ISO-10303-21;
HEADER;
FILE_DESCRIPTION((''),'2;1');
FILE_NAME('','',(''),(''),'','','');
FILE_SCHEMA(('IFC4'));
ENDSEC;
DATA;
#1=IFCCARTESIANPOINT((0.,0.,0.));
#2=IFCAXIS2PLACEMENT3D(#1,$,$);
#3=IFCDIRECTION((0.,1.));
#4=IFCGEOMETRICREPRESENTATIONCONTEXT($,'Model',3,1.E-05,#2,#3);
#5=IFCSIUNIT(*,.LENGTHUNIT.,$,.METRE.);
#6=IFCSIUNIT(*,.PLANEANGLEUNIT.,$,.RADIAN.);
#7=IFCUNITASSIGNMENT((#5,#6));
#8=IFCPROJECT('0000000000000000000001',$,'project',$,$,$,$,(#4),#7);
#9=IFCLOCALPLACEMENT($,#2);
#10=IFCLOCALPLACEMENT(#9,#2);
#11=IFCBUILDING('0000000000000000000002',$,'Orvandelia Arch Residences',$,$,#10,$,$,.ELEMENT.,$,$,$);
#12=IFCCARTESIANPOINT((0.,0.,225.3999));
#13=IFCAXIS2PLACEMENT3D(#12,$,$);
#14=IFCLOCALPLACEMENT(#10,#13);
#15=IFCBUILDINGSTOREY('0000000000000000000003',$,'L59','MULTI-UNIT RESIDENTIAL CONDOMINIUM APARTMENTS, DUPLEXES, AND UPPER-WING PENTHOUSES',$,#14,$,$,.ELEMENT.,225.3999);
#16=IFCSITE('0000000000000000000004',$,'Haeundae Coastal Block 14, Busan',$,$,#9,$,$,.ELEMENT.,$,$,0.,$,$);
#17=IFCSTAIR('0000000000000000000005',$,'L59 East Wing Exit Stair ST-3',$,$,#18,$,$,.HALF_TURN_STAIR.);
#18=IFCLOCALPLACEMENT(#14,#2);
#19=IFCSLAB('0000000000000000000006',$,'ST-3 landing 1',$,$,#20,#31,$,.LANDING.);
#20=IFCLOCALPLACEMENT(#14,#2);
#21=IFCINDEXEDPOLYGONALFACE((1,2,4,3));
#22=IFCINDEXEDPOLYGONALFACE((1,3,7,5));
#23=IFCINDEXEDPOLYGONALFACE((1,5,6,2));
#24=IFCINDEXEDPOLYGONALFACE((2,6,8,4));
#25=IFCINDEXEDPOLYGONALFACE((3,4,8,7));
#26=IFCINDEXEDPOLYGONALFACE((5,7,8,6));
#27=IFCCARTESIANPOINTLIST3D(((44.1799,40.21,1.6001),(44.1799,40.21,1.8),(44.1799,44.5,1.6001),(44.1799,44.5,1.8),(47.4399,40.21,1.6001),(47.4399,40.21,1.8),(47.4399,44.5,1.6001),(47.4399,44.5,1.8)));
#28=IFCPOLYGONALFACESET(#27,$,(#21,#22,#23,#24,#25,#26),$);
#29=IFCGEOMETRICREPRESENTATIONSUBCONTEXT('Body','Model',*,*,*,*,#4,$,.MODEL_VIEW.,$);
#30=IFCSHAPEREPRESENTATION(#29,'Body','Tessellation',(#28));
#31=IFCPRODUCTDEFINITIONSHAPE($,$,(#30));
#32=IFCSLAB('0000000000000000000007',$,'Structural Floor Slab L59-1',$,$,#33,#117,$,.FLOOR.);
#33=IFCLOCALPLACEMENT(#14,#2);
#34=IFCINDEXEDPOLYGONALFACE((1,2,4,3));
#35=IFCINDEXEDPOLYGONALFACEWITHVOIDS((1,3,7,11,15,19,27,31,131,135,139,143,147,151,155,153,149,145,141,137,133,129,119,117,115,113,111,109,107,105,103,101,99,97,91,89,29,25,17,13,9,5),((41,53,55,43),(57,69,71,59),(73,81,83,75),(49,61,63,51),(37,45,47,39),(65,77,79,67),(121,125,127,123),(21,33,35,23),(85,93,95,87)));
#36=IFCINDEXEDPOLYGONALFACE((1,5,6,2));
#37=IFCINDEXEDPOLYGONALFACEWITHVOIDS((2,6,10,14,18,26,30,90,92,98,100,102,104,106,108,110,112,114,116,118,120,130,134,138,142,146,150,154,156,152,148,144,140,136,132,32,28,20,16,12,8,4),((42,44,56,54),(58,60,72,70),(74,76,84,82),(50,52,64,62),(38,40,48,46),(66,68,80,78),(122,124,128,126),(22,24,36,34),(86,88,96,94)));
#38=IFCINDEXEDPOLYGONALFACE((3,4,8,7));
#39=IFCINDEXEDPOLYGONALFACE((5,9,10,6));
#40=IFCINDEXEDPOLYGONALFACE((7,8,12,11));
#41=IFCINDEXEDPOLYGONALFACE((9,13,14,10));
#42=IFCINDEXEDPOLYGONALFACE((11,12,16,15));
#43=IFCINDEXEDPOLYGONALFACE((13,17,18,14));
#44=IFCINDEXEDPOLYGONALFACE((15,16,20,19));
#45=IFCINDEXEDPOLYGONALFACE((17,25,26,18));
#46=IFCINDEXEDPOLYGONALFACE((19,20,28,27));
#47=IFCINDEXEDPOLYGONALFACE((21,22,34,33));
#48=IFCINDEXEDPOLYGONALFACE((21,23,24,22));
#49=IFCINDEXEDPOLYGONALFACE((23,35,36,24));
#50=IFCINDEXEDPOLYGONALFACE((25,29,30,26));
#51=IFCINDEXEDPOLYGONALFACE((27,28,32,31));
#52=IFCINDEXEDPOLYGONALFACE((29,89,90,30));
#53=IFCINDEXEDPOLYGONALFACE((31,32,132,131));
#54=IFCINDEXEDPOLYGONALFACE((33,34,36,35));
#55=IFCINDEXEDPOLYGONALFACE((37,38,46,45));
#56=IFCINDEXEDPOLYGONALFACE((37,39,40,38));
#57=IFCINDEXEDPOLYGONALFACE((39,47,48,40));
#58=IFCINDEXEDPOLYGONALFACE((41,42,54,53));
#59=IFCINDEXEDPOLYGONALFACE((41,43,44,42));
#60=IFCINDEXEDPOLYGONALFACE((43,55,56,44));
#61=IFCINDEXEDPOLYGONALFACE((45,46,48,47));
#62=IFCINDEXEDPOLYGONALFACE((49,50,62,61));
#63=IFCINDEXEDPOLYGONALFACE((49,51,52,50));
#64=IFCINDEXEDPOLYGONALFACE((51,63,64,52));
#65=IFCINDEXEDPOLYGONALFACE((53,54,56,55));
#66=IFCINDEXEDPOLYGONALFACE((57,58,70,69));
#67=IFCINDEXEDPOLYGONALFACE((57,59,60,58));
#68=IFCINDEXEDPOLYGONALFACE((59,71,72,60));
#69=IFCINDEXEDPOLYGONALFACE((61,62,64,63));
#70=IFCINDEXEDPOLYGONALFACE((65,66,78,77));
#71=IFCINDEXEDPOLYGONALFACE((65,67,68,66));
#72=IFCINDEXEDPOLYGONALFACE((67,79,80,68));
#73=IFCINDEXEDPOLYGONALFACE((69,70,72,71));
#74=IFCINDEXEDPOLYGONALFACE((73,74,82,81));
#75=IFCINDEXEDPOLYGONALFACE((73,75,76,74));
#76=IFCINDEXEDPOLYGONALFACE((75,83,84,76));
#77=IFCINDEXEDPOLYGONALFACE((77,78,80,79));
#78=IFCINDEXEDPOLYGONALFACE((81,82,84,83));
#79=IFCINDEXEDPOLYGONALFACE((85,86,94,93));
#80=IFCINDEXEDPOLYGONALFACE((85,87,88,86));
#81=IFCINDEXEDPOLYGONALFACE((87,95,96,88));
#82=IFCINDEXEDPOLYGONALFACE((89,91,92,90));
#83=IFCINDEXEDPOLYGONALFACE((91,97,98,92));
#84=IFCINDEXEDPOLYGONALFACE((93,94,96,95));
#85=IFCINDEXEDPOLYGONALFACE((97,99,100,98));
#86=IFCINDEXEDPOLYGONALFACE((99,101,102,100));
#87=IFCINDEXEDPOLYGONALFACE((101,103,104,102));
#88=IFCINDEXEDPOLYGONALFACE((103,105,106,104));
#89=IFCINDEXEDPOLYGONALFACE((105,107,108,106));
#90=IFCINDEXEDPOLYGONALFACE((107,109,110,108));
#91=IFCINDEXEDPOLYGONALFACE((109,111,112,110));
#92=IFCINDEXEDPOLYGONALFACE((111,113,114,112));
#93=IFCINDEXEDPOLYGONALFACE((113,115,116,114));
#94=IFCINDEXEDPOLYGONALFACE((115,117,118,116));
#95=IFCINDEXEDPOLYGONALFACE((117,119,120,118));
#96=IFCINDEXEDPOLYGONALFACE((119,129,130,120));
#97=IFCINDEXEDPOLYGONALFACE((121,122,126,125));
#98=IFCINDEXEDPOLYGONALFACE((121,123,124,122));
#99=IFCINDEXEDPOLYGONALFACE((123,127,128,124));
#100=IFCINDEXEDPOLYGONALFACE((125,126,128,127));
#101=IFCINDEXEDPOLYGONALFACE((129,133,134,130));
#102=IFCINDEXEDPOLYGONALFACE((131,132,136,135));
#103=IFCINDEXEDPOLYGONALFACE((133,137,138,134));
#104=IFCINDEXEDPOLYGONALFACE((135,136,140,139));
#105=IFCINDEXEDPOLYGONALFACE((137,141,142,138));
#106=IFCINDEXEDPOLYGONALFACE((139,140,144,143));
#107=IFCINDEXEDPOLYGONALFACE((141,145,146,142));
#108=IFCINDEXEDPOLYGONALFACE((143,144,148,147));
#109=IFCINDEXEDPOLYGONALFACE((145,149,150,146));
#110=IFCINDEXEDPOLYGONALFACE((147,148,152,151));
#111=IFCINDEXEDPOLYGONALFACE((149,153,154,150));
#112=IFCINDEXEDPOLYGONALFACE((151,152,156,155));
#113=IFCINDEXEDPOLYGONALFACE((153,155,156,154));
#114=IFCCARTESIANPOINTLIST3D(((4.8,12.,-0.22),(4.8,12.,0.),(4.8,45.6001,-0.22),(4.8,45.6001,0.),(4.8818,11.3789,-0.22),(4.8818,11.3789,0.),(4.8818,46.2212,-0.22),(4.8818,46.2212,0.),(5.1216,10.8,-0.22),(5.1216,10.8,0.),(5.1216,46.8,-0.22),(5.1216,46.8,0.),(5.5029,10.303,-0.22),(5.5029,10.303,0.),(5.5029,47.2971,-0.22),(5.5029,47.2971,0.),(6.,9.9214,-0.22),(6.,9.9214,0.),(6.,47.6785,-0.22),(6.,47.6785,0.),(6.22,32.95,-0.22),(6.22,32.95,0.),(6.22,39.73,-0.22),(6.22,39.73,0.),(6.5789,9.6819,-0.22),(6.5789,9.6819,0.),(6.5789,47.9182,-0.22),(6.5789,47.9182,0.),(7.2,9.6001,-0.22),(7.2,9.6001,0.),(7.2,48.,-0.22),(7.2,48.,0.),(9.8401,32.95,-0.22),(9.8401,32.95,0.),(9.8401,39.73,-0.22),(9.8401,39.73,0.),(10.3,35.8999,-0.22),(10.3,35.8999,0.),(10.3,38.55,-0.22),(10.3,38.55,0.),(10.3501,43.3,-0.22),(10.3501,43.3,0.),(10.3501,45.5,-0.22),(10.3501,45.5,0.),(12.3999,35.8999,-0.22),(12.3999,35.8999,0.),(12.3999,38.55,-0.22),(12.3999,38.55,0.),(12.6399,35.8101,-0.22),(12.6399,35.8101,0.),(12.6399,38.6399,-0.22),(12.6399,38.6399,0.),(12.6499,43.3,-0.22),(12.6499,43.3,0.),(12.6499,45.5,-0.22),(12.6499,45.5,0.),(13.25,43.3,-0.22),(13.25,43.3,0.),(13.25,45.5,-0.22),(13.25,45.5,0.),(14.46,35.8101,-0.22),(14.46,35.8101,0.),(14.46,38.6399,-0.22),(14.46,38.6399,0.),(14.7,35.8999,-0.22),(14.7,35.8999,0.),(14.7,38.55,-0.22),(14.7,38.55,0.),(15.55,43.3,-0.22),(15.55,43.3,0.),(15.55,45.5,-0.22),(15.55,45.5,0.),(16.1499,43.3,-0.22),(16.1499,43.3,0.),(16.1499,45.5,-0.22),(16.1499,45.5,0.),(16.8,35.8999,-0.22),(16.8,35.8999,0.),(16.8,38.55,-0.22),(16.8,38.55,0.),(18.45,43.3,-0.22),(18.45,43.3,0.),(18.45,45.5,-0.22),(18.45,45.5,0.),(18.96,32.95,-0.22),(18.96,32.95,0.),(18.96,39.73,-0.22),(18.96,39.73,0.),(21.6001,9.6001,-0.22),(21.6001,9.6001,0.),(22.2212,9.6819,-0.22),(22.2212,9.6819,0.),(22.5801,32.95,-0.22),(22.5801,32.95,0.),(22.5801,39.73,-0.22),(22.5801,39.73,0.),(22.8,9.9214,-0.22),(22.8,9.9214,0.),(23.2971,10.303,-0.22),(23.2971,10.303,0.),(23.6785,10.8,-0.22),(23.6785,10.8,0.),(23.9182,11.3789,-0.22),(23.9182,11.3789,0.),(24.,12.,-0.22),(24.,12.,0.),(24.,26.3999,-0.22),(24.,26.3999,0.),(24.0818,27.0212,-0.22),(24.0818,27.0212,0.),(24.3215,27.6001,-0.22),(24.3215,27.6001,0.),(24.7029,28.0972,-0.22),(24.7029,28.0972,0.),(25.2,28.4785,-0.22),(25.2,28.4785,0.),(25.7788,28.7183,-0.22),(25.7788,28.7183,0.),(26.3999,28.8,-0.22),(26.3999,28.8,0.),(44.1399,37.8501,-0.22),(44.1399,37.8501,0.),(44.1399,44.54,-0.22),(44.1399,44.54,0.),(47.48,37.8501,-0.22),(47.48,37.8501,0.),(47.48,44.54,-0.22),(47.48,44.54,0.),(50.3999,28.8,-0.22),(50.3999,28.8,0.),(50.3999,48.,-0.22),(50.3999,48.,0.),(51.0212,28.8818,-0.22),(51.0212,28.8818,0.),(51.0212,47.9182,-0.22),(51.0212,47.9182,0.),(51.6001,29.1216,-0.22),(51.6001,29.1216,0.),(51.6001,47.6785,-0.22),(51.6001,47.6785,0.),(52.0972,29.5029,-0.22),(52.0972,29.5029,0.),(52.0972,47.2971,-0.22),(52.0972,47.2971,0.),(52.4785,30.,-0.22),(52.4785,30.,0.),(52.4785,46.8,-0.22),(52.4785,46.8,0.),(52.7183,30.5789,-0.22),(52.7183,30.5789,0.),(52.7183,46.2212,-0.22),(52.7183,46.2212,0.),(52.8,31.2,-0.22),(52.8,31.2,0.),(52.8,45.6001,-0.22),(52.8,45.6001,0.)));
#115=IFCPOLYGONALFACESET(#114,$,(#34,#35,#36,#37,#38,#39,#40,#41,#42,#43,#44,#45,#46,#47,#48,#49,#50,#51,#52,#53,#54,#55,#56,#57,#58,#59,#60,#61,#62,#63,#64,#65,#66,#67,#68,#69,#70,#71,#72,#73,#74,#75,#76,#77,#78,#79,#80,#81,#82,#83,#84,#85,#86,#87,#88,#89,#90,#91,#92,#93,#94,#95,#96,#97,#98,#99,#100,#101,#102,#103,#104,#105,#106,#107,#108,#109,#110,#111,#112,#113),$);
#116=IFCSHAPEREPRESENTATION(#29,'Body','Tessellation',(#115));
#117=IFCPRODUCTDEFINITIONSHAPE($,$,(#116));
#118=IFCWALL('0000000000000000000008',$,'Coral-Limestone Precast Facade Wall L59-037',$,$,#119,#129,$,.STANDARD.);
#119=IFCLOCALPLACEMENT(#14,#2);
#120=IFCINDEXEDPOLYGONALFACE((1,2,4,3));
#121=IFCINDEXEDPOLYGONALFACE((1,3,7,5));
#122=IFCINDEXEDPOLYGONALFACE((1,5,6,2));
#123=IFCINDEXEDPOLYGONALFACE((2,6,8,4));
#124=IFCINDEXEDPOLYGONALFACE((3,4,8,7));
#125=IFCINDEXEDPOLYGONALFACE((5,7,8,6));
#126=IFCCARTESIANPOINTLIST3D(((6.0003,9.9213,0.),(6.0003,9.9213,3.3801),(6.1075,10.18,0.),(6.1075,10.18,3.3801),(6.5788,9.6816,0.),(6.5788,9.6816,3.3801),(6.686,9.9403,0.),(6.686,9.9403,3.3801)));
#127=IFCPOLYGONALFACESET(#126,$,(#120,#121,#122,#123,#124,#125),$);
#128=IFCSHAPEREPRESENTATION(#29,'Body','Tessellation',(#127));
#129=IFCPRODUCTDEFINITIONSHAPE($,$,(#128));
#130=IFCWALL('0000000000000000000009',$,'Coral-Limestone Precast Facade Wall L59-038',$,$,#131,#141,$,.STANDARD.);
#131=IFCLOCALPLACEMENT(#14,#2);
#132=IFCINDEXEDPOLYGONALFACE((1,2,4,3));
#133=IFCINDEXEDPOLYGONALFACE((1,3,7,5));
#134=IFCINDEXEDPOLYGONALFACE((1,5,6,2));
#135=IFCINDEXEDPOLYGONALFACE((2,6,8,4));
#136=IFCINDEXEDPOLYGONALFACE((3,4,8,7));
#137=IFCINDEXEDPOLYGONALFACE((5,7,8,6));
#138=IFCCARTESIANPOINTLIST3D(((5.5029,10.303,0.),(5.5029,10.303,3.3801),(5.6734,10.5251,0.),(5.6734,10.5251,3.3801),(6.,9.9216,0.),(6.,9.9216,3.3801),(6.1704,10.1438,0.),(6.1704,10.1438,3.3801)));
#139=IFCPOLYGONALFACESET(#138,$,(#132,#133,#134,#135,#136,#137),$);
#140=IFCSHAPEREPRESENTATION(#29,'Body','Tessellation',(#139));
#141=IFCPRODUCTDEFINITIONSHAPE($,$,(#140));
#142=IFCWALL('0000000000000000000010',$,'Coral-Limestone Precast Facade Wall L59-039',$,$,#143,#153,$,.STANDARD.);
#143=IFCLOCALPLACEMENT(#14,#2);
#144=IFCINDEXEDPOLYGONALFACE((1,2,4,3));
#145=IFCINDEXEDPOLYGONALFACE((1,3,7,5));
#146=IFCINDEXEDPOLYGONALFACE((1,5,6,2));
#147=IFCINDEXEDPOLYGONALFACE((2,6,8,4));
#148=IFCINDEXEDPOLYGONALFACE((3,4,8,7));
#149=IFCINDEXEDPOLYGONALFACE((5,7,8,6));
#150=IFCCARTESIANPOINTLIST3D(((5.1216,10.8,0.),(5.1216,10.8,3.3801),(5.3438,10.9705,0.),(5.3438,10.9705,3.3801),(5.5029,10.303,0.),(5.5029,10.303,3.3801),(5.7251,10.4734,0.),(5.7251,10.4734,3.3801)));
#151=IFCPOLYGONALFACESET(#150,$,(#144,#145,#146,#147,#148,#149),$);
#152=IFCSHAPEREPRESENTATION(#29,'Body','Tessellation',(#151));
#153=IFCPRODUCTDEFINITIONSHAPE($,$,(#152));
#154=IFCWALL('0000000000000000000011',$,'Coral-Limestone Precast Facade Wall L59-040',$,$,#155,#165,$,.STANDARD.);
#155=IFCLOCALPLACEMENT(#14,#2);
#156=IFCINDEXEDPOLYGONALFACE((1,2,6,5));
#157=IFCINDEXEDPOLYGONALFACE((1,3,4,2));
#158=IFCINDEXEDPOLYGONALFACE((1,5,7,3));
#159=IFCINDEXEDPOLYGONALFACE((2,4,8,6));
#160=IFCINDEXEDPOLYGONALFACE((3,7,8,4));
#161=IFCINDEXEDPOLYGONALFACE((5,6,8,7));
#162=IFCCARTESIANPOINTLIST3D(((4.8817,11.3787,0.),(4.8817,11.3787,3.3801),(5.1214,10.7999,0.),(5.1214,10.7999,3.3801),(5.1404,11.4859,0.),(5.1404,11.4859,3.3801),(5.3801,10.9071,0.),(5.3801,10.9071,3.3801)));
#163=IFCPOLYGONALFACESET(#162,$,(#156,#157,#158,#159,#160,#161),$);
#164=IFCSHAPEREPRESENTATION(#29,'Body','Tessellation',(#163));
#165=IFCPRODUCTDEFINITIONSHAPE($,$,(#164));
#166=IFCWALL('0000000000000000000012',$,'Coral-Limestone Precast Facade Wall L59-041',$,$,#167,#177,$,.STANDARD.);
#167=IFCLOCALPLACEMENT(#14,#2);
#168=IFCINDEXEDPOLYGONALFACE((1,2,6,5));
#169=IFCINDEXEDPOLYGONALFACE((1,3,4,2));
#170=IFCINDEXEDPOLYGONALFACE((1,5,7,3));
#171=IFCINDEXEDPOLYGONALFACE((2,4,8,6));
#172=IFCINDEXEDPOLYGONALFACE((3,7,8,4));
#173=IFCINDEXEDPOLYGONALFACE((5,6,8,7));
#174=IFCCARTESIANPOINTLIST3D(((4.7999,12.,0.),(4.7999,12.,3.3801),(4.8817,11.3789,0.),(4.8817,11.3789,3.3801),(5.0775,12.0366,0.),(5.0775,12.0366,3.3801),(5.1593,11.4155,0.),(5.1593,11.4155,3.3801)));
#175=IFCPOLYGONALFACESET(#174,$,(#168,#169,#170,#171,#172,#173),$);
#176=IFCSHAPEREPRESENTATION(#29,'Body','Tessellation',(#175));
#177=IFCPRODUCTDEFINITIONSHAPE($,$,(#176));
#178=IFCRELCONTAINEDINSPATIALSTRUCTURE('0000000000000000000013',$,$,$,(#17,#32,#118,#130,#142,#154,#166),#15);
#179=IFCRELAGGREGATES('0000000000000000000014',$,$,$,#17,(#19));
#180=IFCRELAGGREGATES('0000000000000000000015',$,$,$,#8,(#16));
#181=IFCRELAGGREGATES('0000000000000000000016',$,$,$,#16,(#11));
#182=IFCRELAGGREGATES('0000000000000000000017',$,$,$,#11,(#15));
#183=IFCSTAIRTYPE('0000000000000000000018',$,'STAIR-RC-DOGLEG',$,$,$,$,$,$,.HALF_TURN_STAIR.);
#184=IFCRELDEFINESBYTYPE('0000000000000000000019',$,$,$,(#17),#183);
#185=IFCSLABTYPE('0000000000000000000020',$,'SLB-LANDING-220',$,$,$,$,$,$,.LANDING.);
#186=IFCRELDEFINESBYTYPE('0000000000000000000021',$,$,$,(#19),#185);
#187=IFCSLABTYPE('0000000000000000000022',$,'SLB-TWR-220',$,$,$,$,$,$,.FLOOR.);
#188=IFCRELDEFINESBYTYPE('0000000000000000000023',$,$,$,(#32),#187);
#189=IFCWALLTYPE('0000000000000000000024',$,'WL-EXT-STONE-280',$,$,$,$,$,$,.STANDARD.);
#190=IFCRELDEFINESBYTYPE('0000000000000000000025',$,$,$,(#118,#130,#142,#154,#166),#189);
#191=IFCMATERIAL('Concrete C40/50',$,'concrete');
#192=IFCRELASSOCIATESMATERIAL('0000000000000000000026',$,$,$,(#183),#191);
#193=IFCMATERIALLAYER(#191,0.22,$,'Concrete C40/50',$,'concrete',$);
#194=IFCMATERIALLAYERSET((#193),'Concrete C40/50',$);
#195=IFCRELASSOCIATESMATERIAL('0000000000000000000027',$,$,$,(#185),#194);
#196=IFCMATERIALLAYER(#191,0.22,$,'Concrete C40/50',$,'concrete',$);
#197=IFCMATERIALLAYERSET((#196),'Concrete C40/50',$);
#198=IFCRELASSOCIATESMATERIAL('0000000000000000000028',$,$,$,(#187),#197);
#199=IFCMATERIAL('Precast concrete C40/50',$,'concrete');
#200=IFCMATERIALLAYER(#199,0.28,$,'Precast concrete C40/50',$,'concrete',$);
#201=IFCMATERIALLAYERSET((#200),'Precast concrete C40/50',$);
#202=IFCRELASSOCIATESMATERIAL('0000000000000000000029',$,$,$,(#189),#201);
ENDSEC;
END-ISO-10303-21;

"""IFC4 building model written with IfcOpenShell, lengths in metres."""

from ifc_helpers import new_model, si_unit, direction, frame, frame_2d, origin, place, context, subcontext, project, spatial, polyline, rectangle, outline, extrude, material, layer, layer_set, type_object, element, aggregate, save


model = new_model("IFC4")

# Units and contexts
model_context = context("Model", 3, precision=1e-05, world=origin(), true_north=direction((0.0, 1.0)))
body_context = subcontext(model_context, "Body", "Model", "MODEL_VIEW")
ifc_project = project(units=[si_unit("LENGTHUNIT", "METRE"), si_unit("PLANEANGLEUNIT", "RADIAN")], contexts=[model_context])

# Site, building, storey
site_placement = place(None, origin())
site = spatial("IfcSite", under=ifc_project, at=site_placement, Name="Haeundae Coastal Block 14, Busan", CompositionType="ELEMENT", RefElevation=0.0)
building_placement = place(site_placement, origin())
building = spatial("IfcBuilding", under=site, at=building_placement, Name="Orvandelia Arch Residences", CompositionType="ELEMENT")
storey_placement = place(building_placement, frame((0.0, 0.0, 225.3999)))
storey = spatial("IfcBuildingStorey", under=building, at=storey_placement, Name="L59", Description="MULTI-UNIT RESIDENTIAL CONDOMINIUM APARTMENTS, DUPLEXES, AND UPPER-WING PENTHOUSES", CompositionType="ELEMENT", Elevation=225.3999)

# Shared definitions
ifc_material_1 = material(Name="Precast concrete C40/50", Category="concrete")

# Stair, slab
ifc_material_2 = material(Name="Concrete C40/50", Category="concrete")
stair_type = type_object("IfcStairType", Name="STAIR-RC-DOGLEG", PredefinedType="HALF_TURN_STAIR", material=ifc_material_2)
ifc_layer_1 = layer(ifc_material_2, 0.22, Name="Concrete C40/50", Category="concrete")
ifc_layer_set_1 = layer_set([ifc_layer_1], Name="Concrete C40/50")
slab_type_1 = type_object("IfcSlabType", Name="SLB-LANDING-220", PredefinedType="LANDING", material=ifc_layer_set_1)
stair_1_placement = place(storey_placement, origin())
stair_1 = element("IfcStair", 1, at=stair_1_placement, inside=storey, type_object=stair_type, Name="L59 East Wing Exit Stair ST-3", PredefinedType="HALF_TURN_STAIR")
slab_1_placement = place(storey_placement, frame((0.0, 0.0, 1.6001)))
slab_1 = element("IfcSlab", 2, at=slab_1_placement, type_object=slab_type_1, Name="ST-3 landing 1", PredefinedType="LANDING", context=body_context, shape_type="SweptSolid", body=[
    extrude(outline(polyline([(47.4399, 40.21), (47.4399, 44.5), (44.1799, 44.5), (44.1799, 40.21), (47.4399, 40.21)])), origin(), (0.0, 0.0, 1.0), 0.2),
])
aggregate(stair_1, [slab_1])

# Slab
ifc_layer_2 = layer(ifc_material_2, 0.22, Name="Concrete C40/50", Category="concrete")
ifc_layer_set_2 = layer_set([ifc_layer_2], Name="Concrete C40/50")
slab_type_2 = type_object("IfcSlabType", Name="SLB-TWR-220", PredefinedType="FLOOR", material=ifc_layer_set_2)
slab_2_placement = place(storey_placement, frame((0.0, 0.0, -0.22)))
element("IfcSlab", 3, at=slab_2_placement, inside=storey, type_object=slab_type_2, Name="Structural Floor Slab L59-1", PredefinedType="FLOOR", context=body_context, shape_type="SweptSolid", body=[
    extrude(outline(polyline([(4.8, 12.0), (4.8818, 11.3789), (5.1216, 10.8), (5.5029, 10.303), (6.0, 9.9214), (6.5789, 9.6819), (7.2, 9.6001), (21.6001, 9.6001), (22.2212, 9.6819), (22.8, 9.9214), (23.2971, 10.303), (23.6785, 10.8), (23.9182, 11.3789), (24.0, 12.0), (24.0, 26.3999), (24.0818, 27.0212), (24.3215, 27.6001), (24.7029, 28.0972), (25.2, 28.4785), (25.7788, 28.7183), (26.3999, 28.8), (50.3999, 28.8), (51.0212, 28.8818), (51.6001, 29.1216), (52.0972, 29.5029), (52.4785, 30.0), (52.7183, 30.5789), (52.8, 31.2), (52.8, 45.6001), (52.7183, 46.2212), (52.4785, 46.8), (52.0972, 47.2971), (51.6001, 47.6785), (51.0212, 47.9182), (50.3999, 48.0), (7.2, 48.0), (6.5789, 47.9182), (6.0, 47.6785), (5.5029, 47.2971), (5.1216, 46.8), (4.8818, 46.2212), (4.8, 45.6001), (4.8, 12.0)]), holes=[polyline([(6.22, 32.95), (9.8401, 32.95), (9.8401, 39.73), (6.22, 39.73), (6.22, 32.95)]), polyline([(18.96, 32.95), (22.5801, 32.95), (22.5801, 39.73), (18.96, 39.73), (18.96, 32.95)]), polyline([(44.1399, 37.8501), (47.48, 37.8501), (47.48, 44.54), (44.1399, 44.54), (44.1399, 37.8501)]), polyline([(12.6399, 35.8101), (14.46, 35.8101), (14.46, 38.6399), (12.6399, 38.6399), (12.6399, 35.8101)]), polyline([(10.3, 35.8999), (12.3999, 35.8999), (12.3999, 38.55), (10.3, 38.55), (10.3, 35.8999)]), polyline([(14.7, 35.8999), (16.8, 35.8999), (16.8, 38.55), (14.7, 38.55), (14.7, 35.8999)]), polyline([(10.3501, 43.3), (12.6499, 43.3), (12.6499, 45.5), (10.3501, 45.5), (10.3501, 43.3)]), polyline([(13.25, 43.3), (15.55, 43.3), (15.55, 45.5), (13.25, 45.5), (13.25, 43.3)]), polyline([(16.1499, 43.3), (18.45, 43.3), (18.45, 45.5), (16.1499, 45.5), (16.1499, 43.3)])]), origin(), (0.0, 0.0, 1.0), 0.22),
])

# Walls
ifc_layer_3 = layer(ifc_material_1, 0.28, Name="Precast concrete C40/50", Category="concrete")
ifc_layer_set_3 = layer_set([ifc_layer_3], Name="Precast concrete C40/50")
wall_type_1 = type_object("IfcWallType", Name="WL-EXT-STONE-280", PredefinedType="STANDARD", material=ifc_layer_set_3)
wall_1_placement = place(storey_placement, frame((6.6323, 9.811, 0.0), z_axis=(0.0, 0.0, 1.0), x_axis=(-0.923836, 0.382788, 0.0)))
element("IfcWall", 4, at=wall_1_placement, inside=storey, type_object=wall_type_1, Name="Coral-Limestone Precast Facade Wall L59-037", PredefinedType="STANDARD", context=body_context, shape_type="SweptSolid", body=[
    extrude(rectangle(XDim=0.6262, YDim=0.28, at=frame_2d((0.313, 0.0))), origin(), (0.0, 0.0, 1.0), 3.3801),
])
for number, where, z_axis, x_axis, name in (
    (5, (6.0852, 10.0327, 0.0), (0.0, 0.0, 1.0), (-0.793406, 0.608693, 0.0), "Coral-Limestone Precast Facade Wall L59-038"),
    (6, (5.614, 10.3882, 0.0), (0.0, 0.0, 1.0), (-0.608693, 0.793406, 0.0), "Coral-Limestone Precast Facade Wall L59-039"),
    (7, (5.2507, 10.8535, 0.0), (0.0, 0.0, 1.0), (-0.38265, 0.923893, 0.0), "Coral-Limestone Precast Facade Wall L59-040"),
    (8, (5.0205, 11.3972, 0.0), (0.0, 0.0, 1.0), (-0.130555, 0.991441, 0.0), "Coral-Limestone Precast Facade Wall L59-041"),
):
    element("IfcWall", number, at=place(storey_placement, frame(where, z_axis=z_axis, x_axis=x_axis)), inside=storey, type_object=wall_type_1, Name=name, PredefinedType="STANDARD", context=body_context, shape_type="SweptSolid", body=[
        extrude(rectangle(XDim=0.6265, YDim=0.28, at=frame_2d((0.3132, 0.0))), origin(), (0.0, 0.0, 1.0), 3.3801),
    ])

save(model, "model.ifc")
